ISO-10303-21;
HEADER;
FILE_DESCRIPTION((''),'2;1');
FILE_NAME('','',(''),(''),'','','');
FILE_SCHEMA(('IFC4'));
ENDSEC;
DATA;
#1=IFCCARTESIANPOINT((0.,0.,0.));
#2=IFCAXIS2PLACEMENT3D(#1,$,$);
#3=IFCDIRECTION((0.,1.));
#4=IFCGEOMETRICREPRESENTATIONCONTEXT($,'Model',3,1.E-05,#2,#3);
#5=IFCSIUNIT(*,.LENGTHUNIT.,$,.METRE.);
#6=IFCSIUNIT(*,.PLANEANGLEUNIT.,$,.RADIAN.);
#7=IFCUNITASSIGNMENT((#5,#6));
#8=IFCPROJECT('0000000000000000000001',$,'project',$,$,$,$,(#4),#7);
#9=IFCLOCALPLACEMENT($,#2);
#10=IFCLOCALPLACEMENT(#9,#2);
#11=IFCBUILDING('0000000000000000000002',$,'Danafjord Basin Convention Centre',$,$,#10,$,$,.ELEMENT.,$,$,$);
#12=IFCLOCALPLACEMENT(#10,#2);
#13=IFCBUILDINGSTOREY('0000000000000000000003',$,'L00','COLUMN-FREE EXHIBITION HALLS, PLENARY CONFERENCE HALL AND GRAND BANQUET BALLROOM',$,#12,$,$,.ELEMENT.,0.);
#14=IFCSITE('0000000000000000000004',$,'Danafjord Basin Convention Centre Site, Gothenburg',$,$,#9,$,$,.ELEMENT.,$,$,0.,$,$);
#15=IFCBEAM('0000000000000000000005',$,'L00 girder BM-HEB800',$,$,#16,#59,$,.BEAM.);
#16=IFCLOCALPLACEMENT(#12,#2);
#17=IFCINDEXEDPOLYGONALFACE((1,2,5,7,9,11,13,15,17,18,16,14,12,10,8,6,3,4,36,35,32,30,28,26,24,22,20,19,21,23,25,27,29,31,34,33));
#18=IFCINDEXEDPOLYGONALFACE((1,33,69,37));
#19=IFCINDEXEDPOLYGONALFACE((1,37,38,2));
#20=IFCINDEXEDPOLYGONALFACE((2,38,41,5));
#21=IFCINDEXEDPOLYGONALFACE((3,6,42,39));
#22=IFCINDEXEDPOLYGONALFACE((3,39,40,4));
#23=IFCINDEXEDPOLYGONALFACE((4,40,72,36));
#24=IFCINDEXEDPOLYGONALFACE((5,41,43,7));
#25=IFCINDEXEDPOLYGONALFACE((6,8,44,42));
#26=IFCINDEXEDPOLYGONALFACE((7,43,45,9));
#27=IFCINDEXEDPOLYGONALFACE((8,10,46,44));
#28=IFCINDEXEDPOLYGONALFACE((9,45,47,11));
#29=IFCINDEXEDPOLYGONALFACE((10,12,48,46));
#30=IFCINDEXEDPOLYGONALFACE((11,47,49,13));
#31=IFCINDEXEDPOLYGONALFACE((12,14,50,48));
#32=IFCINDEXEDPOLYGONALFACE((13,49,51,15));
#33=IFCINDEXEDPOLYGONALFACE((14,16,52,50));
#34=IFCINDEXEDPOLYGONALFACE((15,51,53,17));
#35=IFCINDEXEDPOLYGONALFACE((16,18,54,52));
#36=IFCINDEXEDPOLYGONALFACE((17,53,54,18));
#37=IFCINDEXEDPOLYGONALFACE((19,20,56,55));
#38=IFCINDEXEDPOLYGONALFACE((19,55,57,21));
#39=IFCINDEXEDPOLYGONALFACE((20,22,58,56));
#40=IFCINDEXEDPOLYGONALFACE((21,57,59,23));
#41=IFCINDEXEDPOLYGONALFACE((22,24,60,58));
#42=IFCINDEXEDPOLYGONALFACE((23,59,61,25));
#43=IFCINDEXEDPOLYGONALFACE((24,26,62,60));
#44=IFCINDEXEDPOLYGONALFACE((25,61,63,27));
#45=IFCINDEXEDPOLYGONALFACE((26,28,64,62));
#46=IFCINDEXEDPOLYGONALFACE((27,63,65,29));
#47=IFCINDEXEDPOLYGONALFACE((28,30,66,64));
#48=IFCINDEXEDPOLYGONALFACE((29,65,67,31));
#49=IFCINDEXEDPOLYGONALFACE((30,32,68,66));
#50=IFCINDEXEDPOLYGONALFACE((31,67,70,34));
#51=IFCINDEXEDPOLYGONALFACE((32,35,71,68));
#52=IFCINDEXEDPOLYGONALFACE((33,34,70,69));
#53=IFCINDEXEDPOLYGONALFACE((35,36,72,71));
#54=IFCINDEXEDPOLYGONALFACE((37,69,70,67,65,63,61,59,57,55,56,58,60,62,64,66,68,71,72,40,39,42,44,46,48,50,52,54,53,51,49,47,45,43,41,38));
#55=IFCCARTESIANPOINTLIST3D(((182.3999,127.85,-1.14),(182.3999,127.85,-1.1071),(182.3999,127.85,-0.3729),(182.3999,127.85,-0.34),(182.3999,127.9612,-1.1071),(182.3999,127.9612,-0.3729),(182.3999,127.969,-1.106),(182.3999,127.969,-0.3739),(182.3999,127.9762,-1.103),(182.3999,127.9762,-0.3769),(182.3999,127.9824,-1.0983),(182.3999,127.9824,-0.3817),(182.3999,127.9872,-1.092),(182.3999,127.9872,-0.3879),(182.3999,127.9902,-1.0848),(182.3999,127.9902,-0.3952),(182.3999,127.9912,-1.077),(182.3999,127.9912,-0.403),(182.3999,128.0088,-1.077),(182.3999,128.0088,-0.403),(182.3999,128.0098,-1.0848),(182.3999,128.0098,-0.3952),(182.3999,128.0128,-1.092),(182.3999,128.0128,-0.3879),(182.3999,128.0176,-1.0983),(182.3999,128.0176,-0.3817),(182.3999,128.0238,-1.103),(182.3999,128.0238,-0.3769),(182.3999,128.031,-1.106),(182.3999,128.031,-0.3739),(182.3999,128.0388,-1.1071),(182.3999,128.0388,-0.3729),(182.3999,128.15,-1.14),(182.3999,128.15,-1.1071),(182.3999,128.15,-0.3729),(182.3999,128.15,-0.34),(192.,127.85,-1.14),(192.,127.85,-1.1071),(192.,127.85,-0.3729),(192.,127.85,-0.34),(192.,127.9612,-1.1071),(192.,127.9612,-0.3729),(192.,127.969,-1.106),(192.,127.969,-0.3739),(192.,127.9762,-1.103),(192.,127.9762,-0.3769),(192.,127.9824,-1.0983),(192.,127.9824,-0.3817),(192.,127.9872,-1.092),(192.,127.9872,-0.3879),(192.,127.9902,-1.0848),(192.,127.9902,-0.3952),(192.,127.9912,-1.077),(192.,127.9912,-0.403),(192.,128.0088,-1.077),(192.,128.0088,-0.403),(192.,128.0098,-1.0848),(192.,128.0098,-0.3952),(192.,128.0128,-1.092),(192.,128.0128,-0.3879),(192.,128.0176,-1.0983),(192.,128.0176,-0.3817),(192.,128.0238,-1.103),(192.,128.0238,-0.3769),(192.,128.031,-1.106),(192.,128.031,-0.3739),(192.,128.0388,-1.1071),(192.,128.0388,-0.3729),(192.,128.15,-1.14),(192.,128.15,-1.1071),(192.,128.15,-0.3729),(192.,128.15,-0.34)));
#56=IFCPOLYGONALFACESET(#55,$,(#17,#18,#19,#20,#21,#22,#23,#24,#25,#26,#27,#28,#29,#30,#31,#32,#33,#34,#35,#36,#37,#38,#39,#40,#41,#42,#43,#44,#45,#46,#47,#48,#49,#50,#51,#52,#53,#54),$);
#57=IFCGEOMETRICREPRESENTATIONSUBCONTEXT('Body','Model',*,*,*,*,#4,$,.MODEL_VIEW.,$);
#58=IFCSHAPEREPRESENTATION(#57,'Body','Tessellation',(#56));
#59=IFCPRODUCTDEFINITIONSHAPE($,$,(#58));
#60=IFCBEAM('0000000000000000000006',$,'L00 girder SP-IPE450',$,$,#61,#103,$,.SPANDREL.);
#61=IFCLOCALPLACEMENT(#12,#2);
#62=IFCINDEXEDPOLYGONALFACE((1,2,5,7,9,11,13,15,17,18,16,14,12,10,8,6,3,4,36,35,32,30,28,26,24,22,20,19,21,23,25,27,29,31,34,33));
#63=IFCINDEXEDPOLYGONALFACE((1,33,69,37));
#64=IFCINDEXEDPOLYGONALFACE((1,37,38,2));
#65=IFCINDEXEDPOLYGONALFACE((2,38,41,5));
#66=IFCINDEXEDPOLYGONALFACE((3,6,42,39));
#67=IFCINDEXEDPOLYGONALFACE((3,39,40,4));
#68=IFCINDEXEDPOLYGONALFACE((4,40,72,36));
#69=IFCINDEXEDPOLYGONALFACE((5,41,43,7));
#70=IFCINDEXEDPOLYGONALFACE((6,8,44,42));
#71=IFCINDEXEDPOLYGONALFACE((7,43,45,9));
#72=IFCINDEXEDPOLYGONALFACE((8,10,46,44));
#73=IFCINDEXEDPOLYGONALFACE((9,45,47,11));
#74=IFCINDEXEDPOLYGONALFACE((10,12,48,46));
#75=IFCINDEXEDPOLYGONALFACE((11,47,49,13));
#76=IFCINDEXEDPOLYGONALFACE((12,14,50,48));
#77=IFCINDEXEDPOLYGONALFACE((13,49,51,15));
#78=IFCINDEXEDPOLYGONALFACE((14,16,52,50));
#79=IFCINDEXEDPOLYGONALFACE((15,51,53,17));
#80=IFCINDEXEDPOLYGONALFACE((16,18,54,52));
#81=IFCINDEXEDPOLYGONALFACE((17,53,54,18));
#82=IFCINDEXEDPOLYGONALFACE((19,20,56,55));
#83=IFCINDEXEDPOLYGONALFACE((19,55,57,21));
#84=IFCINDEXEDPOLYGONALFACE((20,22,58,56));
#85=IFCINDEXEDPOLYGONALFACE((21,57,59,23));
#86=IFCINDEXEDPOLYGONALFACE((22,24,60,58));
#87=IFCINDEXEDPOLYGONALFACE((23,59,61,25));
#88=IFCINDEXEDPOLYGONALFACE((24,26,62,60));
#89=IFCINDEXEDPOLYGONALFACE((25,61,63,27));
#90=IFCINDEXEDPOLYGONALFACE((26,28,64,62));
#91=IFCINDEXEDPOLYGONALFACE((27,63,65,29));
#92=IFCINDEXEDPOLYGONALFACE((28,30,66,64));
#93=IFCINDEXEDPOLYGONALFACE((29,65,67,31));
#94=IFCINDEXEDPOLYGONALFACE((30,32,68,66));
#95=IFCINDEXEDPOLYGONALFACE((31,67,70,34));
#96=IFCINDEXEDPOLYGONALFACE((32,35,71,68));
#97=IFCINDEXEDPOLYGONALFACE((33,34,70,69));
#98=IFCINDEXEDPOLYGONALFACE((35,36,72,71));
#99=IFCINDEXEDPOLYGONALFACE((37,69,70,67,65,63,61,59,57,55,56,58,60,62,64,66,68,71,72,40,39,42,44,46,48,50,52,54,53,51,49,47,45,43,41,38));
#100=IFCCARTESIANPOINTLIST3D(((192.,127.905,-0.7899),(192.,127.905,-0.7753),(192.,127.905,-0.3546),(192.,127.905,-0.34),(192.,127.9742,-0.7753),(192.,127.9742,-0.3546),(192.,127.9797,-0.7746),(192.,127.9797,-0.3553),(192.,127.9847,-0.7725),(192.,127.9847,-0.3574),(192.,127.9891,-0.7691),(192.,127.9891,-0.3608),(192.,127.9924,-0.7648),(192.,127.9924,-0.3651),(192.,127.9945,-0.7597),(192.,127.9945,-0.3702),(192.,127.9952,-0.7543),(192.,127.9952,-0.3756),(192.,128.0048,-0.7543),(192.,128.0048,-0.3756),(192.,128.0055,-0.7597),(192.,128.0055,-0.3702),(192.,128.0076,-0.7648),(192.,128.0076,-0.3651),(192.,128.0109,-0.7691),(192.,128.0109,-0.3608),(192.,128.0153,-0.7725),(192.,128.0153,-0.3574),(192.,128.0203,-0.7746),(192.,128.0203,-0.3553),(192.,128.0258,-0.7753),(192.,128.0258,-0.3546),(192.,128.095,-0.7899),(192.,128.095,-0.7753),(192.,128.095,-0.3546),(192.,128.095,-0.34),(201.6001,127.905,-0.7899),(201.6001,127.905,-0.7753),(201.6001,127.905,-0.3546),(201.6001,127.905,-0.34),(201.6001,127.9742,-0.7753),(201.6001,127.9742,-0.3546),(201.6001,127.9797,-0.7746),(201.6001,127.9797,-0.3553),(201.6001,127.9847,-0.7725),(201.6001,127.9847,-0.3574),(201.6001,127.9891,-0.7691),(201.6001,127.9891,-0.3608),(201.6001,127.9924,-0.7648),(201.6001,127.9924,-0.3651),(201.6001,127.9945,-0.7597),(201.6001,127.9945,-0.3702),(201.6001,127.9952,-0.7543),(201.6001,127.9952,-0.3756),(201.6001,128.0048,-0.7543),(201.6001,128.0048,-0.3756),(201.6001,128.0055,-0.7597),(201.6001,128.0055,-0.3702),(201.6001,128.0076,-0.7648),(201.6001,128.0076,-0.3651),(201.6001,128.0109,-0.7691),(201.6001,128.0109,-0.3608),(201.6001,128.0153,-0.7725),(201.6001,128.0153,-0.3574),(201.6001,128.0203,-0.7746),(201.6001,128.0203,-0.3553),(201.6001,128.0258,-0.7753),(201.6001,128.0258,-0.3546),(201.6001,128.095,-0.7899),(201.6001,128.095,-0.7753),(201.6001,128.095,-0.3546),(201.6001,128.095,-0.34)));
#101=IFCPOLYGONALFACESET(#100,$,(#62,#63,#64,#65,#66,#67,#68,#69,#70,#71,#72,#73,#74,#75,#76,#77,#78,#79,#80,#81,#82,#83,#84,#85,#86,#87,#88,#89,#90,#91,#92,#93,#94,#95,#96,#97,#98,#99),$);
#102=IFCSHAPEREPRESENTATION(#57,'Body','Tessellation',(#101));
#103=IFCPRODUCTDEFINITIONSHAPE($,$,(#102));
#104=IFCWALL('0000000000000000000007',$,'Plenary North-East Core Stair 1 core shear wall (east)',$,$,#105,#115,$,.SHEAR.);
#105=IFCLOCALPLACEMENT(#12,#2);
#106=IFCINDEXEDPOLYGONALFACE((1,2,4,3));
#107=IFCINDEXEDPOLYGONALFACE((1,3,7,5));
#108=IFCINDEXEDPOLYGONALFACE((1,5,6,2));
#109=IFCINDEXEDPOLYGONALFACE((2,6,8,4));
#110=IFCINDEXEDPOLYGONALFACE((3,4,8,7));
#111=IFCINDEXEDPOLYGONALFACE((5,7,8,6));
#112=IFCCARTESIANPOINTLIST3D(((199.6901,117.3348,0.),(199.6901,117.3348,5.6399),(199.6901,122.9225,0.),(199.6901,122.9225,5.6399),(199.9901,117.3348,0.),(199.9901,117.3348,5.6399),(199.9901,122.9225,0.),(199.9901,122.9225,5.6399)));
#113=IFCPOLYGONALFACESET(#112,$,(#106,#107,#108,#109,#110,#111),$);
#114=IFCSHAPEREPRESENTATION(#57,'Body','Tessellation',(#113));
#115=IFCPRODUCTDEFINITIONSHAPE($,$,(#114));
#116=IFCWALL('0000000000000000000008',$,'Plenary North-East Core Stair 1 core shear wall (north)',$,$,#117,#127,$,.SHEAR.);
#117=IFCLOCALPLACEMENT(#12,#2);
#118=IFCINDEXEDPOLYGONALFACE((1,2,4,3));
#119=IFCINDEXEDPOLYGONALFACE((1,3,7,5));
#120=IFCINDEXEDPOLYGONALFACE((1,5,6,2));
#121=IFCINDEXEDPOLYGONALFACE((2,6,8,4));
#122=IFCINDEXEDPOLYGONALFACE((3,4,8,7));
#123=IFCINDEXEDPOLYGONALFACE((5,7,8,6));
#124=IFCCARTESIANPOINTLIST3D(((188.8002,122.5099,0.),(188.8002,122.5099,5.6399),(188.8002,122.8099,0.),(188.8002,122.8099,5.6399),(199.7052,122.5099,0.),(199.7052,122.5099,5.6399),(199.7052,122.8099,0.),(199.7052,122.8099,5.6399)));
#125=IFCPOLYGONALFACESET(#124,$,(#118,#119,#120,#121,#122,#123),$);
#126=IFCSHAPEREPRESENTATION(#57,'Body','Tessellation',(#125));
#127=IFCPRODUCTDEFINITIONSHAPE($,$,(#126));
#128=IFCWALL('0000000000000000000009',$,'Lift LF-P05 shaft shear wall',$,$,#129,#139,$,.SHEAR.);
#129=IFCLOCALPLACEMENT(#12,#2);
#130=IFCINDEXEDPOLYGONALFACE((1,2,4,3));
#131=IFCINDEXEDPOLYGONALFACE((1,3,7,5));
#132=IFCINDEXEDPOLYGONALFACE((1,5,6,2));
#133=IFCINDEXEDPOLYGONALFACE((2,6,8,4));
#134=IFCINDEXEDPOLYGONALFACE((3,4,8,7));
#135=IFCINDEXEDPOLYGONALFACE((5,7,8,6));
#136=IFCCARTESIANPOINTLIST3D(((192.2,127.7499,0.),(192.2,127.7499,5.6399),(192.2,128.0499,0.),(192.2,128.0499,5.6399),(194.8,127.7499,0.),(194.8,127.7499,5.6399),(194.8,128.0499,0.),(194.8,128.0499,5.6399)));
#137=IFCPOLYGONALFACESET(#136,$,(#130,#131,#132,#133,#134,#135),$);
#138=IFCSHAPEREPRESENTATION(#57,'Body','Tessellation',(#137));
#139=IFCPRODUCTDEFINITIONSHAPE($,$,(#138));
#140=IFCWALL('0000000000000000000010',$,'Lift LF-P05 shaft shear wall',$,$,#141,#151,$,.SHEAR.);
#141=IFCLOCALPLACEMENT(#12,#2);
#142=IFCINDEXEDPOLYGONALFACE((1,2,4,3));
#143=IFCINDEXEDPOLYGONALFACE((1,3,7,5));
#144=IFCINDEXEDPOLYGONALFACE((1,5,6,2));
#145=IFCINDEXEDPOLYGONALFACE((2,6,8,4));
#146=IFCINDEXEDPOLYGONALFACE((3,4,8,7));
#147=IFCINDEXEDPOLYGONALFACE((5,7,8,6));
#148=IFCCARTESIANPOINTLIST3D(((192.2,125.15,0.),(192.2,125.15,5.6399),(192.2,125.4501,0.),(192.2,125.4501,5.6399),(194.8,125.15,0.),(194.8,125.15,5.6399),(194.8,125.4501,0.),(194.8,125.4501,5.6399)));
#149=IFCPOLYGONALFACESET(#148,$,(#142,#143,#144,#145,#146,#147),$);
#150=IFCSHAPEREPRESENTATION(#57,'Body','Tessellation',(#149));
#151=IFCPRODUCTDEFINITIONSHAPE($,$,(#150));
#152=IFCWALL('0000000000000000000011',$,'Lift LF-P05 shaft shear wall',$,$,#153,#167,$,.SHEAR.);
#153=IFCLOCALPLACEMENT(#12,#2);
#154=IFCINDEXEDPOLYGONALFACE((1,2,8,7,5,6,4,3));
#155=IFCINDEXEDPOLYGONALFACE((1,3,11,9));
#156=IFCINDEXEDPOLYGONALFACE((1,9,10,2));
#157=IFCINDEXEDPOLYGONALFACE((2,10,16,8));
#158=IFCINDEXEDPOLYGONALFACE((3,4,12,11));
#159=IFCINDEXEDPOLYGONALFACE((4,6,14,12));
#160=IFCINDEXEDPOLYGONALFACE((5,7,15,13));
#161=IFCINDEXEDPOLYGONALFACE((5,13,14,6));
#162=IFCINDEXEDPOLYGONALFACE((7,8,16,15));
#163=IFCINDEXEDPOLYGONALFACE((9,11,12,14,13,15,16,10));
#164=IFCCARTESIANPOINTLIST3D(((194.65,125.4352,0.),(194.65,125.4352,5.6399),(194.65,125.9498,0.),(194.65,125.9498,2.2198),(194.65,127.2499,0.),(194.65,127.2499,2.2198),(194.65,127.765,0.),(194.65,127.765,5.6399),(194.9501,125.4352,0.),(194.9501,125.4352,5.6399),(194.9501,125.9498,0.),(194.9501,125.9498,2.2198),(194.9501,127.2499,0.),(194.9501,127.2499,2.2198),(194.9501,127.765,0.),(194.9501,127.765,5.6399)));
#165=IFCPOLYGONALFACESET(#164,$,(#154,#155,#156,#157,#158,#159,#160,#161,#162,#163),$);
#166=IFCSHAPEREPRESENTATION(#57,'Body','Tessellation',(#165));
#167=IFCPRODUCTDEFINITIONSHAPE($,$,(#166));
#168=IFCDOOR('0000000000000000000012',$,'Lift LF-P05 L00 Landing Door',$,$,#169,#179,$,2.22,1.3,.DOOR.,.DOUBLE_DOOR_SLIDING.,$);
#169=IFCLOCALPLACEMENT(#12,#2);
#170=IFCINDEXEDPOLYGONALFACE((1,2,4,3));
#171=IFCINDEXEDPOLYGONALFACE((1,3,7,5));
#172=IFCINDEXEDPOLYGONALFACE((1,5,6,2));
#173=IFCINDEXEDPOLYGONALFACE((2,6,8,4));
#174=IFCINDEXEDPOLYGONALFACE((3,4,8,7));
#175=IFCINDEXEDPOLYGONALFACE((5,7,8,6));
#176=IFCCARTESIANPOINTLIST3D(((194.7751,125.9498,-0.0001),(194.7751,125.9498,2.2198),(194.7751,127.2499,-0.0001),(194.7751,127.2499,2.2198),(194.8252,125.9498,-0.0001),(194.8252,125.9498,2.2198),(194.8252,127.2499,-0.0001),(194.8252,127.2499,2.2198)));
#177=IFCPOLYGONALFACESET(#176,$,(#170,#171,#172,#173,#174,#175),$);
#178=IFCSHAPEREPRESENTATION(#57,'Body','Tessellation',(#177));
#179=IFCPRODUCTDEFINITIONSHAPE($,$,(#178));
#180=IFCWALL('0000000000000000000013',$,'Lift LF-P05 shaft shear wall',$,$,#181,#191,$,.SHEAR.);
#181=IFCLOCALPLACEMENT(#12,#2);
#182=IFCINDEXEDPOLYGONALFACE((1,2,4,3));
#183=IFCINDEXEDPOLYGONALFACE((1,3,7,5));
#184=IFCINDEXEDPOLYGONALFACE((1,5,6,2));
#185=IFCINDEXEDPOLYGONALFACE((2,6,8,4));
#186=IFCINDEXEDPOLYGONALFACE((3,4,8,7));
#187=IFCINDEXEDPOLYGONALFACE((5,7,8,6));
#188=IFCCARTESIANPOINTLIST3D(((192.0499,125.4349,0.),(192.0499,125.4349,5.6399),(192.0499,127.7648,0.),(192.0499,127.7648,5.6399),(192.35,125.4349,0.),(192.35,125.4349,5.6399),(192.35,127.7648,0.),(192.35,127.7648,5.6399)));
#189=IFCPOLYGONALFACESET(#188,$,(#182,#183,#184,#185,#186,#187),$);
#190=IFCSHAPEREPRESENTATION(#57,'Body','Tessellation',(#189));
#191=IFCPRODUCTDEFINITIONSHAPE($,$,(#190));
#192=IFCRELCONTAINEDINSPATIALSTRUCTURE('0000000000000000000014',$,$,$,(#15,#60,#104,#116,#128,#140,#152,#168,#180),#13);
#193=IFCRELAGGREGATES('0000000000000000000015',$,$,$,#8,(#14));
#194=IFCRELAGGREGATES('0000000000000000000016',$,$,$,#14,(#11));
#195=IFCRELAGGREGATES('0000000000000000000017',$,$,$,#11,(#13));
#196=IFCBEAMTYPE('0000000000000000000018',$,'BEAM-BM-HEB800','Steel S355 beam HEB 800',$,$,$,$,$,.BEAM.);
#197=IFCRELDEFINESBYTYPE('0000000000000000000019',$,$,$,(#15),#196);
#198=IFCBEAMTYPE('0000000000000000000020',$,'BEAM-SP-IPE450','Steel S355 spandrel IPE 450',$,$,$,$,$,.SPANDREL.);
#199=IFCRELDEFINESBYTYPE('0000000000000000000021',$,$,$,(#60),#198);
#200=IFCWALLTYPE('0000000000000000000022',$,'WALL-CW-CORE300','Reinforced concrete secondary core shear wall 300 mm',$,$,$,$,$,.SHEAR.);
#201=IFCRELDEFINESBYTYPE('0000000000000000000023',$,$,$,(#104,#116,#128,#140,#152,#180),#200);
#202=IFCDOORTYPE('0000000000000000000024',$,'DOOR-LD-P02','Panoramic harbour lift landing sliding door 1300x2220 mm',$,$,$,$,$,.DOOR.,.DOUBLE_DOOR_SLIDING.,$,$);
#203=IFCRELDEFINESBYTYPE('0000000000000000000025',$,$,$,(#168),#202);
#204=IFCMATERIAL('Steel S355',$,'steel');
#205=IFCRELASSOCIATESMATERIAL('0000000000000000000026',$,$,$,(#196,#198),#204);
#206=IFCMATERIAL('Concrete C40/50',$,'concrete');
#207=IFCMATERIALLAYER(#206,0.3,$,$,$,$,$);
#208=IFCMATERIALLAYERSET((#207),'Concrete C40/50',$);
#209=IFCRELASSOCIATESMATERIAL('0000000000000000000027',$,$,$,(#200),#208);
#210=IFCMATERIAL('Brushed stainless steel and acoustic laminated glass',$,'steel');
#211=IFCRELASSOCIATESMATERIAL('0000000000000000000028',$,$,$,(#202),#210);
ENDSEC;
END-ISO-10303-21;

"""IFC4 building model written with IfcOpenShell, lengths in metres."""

from ifc_helpers import new_model, si_unit, direction, frame, frame_2d, origin, origin_2d, place, context, subcontext, project, spatial, rectangle, i_section, extrude, material, layer, layer_set, material_profile, profile_set, type_object, element, fill, save


model = new_model("IFC4")

# Units and contexts
model_context = context("Model", 3, precision=1e-05, world=origin(), true_north=direction((0.0, 1.0)))
body_context = subcontext(model_context, "Body", "Model", "MODEL_VIEW")
ifc_project = project(units=[si_unit("LENGTHUNIT", "METRE"), si_unit("PLANEANGLEUNIT", "RADIAN")], contexts=[model_context])

# Site, building, storey
site_placement = place(None, origin())
site = spatial("IfcSite", under=ifc_project, at=site_placement, Name="Danafjord Basin Convention Centre Site, Gothenburg", CompositionType="ELEMENT", RefElevation=0.0)
building_placement = place(site_placement, origin())
building = spatial("IfcBuilding", under=site, at=building_placement, Name="Danafjord Basin Convention Centre", CompositionType="ELEMENT")
storey_placement = place(building_placement, origin())
storey = spatial("IfcBuildingStorey", under=building, at=storey_placement, Name="L00", Description="COLUMN-FREE EXHIBITION HALLS, PLENARY CONFERENCE HALL AND GRAND BANQUET BALLROOM", CompositionType="ELEMENT", Elevation=0.0)

# Shared definitions
ifc_material_1 = material(Name="Concrete C40/50", Category="concrete")

# Shared definitions
ifc_material_2 = material(Name="Steel S355", Category="steel")

# Beams
ifc_material_profile_1 = material_profile(ifc_material_2, i_section(OverallWidth=0.3, OverallDepth=0.8, WebThickness=0.0176, FlangeThickness=0.033, FilletRadius=0.03, at=origin_2d()), Name="HEB 800")
ifc_profile_set_1 = profile_set([ifc_material_profile_1], Name="Steel S355")
beam_type_1 = type_object("IfcBeamType", Name="BEAM-BM-HEB800", Description="Steel S355 beam HEB 800", PredefinedType="BEAM", material=ifc_profile_set_1)
beam_1_placement = place(storey_placement, frame((182.3999, 128.0, -0.74), z_axis=(1.0, 0.0, 0.0), x_axis=(0.0, 1.0, 0.0)))
element("IfcBeam", 1, at=beam_1_placement, inside=storey, type_object=beam_type_1, Name="L00 girder BM-HEB800", PredefinedType="BEAM", context=body_context, shape_type="SweptSolid", body=[
    extrude(i_section(OverallWidth=0.3, OverallDepth=0.8, WebThickness=0.0176, FlangeThickness=0.033, FilletRadius=0.03, at=origin_2d()), origin(), (0.0, 0.0, 1.0), 9.6001),
])
ifc_material_profile_2 = material_profile(ifc_material_2, i_section(OverallWidth=0.1899, OverallDepth=0.45, WebThickness=0.0095, FlangeThickness=0.0146, FilletRadius=0.021, at=origin_2d()), Name="IPE 450")
ifc_profile_set_2 = profile_set([ifc_material_profile_2], Name="Steel S355")
beam_type_2 = type_object("IfcBeamType", Name="BEAM-SP-IPE450", Description="Steel S355 spandrel IPE 450", PredefinedType="SPANDREL", material=ifc_profile_set_2)
beam_2_placement = place(storey_placement, frame((192.0, 128.0, -0.5649), z_axis=(1.0, 0.0, 0.0), x_axis=(0.0, 1.0, 0.0)))
element("IfcBeam", 2, at=beam_2_placement, inside=storey, type_object=beam_type_2, Name="L00 girder SP-IPE450", PredefinedType="SPANDREL", context=body_context, shape_type="SweptSolid", body=[
    extrude(i_section(OverallWidth=0.1899, OverallDepth=0.45, WebThickness=0.0095, FlangeThickness=0.0146, FilletRadius=0.021, at=origin_2d()), origin(), (0.0, 0.0, 1.0), 9.6001),
])

# Walls
ifc_layer_1 = layer(ifc_material_1, 0.3)
ifc_layer_set_1 = layer_set([ifc_layer_1], Name="Concrete C40/50")
wall_type_1 = type_object("IfcWallType", Name="WALL-CW-CORE300", Description="Reinforced concrete secondary core shear wall 300 mm", PredefinedType="SHEAR", material=ifc_layer_set_1)
wall_1_placement = place(storey_placement, frame((199.8401, 122.9226, 0.0), z_axis=(0.0, 0.0, 1.0), x_axis=(0.0, -1.0, 0.0)))
element("IfcWall", 3, at=wall_1_placement, inside=storey, type_object=wall_type_1, Name="Plenary North-East Core Stair 1 core shear wall (east)", PredefinedType="SHEAR", context=body_context, shape_type="SweptSolid", body=[
    extrude(rectangle(XDim=5.5876, YDim=0.3, at=frame_2d((2.7939, 0.0))), origin(), (0.0, 0.0, 1.0), 5.6399),
])
wall_2_placement = place(storey_placement, frame((188.8, 122.6599, 0.0), z_axis=(0.0, 0.0, 1.0), x_axis=(1.0, 0.0, 0.0)))
element("IfcWall", 4, at=wall_2_placement, inside=storey, type_object=wall_type_1, Name="Plenary North-East Core Stair 1 core shear wall (north)", PredefinedType="SHEAR", context=body_context, shape_type="SweptSolid", body=[
    extrude(rectangle(XDim=10.905, YDim=0.3, at=frame_2d((5.4526, 0.0))), origin(), (0.0, 0.0, 1.0), 5.6399),
])
for number, where, z_axis, x_axis, name in (
    (5, (194.8, 127.8999, 0.0), (0.0, 0.0, 1.0), (-1.0, 0.0, 0.0), "Lift LF-P05 shaft shear wall"),
    (6, (192.2, 125.3, 0.0), (0.0, 0.0, 1.0), (1.0, 0.0, 0.0), "Lift LF-P05 shaft shear wall"),
):
    element("IfcWall", number, at=place(storey_placement, frame(where, z_axis=z_axis, x_axis=x_axis)), inside=storey, type_object=wall_type_1, Name=name, PredefinedType="SHEAR", context=body_context, shape_type="SweptSolid", body=[
        extrude(rectangle(XDim=2.6001, YDim=0.3, at=frame_2d((1.3, 0.0))), origin(), (0.0, 0.0, 1.0), 5.6399),
    ])

# Wall, opening, door
wall_3_placement = place(storey_placement, frame((194.8, 125.4351, 0.0), z_axis=(0.0, 0.0, 1.0), x_axis=(0.0, 1.0, 0.0)))
wall_3 = element("IfcWall", 7, at=wall_3_placement, inside=storey, type_object=wall_type_1, Name="Lift LF-P05 shaft shear wall", PredefinedType="SHEAR", context=body_context, shape_type="SweptSolid", body=[
    extrude(rectangle(XDim=2.3298, YDim=0.3, at=frame_2d((1.165, 0.0))), origin(), (0.0, 0.0, 1.0), 5.6399),
])
opening_placement = place(wall_3_placement, frame((0.5149, 0.0, 0.0)))
opening = element("IfcOpeningElement", 8, at=opening_placement, cuts=wall_3, PredefinedType="OPENING", context=body_context, shape_type="SweptSolid", body=[
    extrude(rectangle(XDim=1.3, YDim=2.22, at=frame_2d((0.6499, 1.1099))), frame((0.0, 0.1599, 0.0), z_axis=(0.0, -1.0, 0.0), x_axis=(1.0, 0.0, 0.0)), (0.0, 0.0, 1.0), 0.3201),
])
ifc_material_3 = material(Name="Brushed stainless steel and acoustic laminated glass", Category="steel")
door_type = type_object("IfcDoorType", Name="DOOR-LD-P02", Description="Panoramic harbour lift landing sliding door 1300x2220 mm", OperationType="DOUBLE_DOOR_SLIDING", PredefinedType="DOOR", material=ifc_material_3)
door_placement = place(opening_placement, origin())
door = element("IfcDoor", 9, at=door_placement, inside=storey, type_object=door_type, Name="Lift LF-P05 L00 Landing Door", OperationType="DOUBLE_DOOR_SLIDING", OverallHeight=2.22, OverallWidth=1.3, PredefinedType="DOOR", context=body_context, shape_type="SweptSolid", body=[
    extrude(rectangle(XDim=1.3, YDim=2.22, at=frame_2d((0.6499, 1.1099))), frame((0.0, 0.0249, 0.0), z_axis=(0.0, -1.0, 0.0), x_axis=(1.0, 0.0, 0.0)), (0.0, 0.0, 1.0), 0.05),
])
fill(opening, door)

# Wall
wall_4_placement = place(storey_placement, frame((192.2, 127.7649, 0.0), z_axis=(0.0, 0.0, 1.0), x_axis=(0.0, -1.0, 0.0)))
element("IfcWall", 10, at=wall_4_placement, inside=storey, type_object=wall_type_1, Name="Lift LF-P05 shaft shear wall", PredefinedType="SHEAR", context=body_context, shape_type="SweptSolid", body=[
    extrude(rectangle(XDim=2.3298, YDim=0.3, at=frame_2d((1.165, 0.0))), origin(), (0.0, 0.0, 1.0), 5.6399),
])

save(model, "model.ifc")
